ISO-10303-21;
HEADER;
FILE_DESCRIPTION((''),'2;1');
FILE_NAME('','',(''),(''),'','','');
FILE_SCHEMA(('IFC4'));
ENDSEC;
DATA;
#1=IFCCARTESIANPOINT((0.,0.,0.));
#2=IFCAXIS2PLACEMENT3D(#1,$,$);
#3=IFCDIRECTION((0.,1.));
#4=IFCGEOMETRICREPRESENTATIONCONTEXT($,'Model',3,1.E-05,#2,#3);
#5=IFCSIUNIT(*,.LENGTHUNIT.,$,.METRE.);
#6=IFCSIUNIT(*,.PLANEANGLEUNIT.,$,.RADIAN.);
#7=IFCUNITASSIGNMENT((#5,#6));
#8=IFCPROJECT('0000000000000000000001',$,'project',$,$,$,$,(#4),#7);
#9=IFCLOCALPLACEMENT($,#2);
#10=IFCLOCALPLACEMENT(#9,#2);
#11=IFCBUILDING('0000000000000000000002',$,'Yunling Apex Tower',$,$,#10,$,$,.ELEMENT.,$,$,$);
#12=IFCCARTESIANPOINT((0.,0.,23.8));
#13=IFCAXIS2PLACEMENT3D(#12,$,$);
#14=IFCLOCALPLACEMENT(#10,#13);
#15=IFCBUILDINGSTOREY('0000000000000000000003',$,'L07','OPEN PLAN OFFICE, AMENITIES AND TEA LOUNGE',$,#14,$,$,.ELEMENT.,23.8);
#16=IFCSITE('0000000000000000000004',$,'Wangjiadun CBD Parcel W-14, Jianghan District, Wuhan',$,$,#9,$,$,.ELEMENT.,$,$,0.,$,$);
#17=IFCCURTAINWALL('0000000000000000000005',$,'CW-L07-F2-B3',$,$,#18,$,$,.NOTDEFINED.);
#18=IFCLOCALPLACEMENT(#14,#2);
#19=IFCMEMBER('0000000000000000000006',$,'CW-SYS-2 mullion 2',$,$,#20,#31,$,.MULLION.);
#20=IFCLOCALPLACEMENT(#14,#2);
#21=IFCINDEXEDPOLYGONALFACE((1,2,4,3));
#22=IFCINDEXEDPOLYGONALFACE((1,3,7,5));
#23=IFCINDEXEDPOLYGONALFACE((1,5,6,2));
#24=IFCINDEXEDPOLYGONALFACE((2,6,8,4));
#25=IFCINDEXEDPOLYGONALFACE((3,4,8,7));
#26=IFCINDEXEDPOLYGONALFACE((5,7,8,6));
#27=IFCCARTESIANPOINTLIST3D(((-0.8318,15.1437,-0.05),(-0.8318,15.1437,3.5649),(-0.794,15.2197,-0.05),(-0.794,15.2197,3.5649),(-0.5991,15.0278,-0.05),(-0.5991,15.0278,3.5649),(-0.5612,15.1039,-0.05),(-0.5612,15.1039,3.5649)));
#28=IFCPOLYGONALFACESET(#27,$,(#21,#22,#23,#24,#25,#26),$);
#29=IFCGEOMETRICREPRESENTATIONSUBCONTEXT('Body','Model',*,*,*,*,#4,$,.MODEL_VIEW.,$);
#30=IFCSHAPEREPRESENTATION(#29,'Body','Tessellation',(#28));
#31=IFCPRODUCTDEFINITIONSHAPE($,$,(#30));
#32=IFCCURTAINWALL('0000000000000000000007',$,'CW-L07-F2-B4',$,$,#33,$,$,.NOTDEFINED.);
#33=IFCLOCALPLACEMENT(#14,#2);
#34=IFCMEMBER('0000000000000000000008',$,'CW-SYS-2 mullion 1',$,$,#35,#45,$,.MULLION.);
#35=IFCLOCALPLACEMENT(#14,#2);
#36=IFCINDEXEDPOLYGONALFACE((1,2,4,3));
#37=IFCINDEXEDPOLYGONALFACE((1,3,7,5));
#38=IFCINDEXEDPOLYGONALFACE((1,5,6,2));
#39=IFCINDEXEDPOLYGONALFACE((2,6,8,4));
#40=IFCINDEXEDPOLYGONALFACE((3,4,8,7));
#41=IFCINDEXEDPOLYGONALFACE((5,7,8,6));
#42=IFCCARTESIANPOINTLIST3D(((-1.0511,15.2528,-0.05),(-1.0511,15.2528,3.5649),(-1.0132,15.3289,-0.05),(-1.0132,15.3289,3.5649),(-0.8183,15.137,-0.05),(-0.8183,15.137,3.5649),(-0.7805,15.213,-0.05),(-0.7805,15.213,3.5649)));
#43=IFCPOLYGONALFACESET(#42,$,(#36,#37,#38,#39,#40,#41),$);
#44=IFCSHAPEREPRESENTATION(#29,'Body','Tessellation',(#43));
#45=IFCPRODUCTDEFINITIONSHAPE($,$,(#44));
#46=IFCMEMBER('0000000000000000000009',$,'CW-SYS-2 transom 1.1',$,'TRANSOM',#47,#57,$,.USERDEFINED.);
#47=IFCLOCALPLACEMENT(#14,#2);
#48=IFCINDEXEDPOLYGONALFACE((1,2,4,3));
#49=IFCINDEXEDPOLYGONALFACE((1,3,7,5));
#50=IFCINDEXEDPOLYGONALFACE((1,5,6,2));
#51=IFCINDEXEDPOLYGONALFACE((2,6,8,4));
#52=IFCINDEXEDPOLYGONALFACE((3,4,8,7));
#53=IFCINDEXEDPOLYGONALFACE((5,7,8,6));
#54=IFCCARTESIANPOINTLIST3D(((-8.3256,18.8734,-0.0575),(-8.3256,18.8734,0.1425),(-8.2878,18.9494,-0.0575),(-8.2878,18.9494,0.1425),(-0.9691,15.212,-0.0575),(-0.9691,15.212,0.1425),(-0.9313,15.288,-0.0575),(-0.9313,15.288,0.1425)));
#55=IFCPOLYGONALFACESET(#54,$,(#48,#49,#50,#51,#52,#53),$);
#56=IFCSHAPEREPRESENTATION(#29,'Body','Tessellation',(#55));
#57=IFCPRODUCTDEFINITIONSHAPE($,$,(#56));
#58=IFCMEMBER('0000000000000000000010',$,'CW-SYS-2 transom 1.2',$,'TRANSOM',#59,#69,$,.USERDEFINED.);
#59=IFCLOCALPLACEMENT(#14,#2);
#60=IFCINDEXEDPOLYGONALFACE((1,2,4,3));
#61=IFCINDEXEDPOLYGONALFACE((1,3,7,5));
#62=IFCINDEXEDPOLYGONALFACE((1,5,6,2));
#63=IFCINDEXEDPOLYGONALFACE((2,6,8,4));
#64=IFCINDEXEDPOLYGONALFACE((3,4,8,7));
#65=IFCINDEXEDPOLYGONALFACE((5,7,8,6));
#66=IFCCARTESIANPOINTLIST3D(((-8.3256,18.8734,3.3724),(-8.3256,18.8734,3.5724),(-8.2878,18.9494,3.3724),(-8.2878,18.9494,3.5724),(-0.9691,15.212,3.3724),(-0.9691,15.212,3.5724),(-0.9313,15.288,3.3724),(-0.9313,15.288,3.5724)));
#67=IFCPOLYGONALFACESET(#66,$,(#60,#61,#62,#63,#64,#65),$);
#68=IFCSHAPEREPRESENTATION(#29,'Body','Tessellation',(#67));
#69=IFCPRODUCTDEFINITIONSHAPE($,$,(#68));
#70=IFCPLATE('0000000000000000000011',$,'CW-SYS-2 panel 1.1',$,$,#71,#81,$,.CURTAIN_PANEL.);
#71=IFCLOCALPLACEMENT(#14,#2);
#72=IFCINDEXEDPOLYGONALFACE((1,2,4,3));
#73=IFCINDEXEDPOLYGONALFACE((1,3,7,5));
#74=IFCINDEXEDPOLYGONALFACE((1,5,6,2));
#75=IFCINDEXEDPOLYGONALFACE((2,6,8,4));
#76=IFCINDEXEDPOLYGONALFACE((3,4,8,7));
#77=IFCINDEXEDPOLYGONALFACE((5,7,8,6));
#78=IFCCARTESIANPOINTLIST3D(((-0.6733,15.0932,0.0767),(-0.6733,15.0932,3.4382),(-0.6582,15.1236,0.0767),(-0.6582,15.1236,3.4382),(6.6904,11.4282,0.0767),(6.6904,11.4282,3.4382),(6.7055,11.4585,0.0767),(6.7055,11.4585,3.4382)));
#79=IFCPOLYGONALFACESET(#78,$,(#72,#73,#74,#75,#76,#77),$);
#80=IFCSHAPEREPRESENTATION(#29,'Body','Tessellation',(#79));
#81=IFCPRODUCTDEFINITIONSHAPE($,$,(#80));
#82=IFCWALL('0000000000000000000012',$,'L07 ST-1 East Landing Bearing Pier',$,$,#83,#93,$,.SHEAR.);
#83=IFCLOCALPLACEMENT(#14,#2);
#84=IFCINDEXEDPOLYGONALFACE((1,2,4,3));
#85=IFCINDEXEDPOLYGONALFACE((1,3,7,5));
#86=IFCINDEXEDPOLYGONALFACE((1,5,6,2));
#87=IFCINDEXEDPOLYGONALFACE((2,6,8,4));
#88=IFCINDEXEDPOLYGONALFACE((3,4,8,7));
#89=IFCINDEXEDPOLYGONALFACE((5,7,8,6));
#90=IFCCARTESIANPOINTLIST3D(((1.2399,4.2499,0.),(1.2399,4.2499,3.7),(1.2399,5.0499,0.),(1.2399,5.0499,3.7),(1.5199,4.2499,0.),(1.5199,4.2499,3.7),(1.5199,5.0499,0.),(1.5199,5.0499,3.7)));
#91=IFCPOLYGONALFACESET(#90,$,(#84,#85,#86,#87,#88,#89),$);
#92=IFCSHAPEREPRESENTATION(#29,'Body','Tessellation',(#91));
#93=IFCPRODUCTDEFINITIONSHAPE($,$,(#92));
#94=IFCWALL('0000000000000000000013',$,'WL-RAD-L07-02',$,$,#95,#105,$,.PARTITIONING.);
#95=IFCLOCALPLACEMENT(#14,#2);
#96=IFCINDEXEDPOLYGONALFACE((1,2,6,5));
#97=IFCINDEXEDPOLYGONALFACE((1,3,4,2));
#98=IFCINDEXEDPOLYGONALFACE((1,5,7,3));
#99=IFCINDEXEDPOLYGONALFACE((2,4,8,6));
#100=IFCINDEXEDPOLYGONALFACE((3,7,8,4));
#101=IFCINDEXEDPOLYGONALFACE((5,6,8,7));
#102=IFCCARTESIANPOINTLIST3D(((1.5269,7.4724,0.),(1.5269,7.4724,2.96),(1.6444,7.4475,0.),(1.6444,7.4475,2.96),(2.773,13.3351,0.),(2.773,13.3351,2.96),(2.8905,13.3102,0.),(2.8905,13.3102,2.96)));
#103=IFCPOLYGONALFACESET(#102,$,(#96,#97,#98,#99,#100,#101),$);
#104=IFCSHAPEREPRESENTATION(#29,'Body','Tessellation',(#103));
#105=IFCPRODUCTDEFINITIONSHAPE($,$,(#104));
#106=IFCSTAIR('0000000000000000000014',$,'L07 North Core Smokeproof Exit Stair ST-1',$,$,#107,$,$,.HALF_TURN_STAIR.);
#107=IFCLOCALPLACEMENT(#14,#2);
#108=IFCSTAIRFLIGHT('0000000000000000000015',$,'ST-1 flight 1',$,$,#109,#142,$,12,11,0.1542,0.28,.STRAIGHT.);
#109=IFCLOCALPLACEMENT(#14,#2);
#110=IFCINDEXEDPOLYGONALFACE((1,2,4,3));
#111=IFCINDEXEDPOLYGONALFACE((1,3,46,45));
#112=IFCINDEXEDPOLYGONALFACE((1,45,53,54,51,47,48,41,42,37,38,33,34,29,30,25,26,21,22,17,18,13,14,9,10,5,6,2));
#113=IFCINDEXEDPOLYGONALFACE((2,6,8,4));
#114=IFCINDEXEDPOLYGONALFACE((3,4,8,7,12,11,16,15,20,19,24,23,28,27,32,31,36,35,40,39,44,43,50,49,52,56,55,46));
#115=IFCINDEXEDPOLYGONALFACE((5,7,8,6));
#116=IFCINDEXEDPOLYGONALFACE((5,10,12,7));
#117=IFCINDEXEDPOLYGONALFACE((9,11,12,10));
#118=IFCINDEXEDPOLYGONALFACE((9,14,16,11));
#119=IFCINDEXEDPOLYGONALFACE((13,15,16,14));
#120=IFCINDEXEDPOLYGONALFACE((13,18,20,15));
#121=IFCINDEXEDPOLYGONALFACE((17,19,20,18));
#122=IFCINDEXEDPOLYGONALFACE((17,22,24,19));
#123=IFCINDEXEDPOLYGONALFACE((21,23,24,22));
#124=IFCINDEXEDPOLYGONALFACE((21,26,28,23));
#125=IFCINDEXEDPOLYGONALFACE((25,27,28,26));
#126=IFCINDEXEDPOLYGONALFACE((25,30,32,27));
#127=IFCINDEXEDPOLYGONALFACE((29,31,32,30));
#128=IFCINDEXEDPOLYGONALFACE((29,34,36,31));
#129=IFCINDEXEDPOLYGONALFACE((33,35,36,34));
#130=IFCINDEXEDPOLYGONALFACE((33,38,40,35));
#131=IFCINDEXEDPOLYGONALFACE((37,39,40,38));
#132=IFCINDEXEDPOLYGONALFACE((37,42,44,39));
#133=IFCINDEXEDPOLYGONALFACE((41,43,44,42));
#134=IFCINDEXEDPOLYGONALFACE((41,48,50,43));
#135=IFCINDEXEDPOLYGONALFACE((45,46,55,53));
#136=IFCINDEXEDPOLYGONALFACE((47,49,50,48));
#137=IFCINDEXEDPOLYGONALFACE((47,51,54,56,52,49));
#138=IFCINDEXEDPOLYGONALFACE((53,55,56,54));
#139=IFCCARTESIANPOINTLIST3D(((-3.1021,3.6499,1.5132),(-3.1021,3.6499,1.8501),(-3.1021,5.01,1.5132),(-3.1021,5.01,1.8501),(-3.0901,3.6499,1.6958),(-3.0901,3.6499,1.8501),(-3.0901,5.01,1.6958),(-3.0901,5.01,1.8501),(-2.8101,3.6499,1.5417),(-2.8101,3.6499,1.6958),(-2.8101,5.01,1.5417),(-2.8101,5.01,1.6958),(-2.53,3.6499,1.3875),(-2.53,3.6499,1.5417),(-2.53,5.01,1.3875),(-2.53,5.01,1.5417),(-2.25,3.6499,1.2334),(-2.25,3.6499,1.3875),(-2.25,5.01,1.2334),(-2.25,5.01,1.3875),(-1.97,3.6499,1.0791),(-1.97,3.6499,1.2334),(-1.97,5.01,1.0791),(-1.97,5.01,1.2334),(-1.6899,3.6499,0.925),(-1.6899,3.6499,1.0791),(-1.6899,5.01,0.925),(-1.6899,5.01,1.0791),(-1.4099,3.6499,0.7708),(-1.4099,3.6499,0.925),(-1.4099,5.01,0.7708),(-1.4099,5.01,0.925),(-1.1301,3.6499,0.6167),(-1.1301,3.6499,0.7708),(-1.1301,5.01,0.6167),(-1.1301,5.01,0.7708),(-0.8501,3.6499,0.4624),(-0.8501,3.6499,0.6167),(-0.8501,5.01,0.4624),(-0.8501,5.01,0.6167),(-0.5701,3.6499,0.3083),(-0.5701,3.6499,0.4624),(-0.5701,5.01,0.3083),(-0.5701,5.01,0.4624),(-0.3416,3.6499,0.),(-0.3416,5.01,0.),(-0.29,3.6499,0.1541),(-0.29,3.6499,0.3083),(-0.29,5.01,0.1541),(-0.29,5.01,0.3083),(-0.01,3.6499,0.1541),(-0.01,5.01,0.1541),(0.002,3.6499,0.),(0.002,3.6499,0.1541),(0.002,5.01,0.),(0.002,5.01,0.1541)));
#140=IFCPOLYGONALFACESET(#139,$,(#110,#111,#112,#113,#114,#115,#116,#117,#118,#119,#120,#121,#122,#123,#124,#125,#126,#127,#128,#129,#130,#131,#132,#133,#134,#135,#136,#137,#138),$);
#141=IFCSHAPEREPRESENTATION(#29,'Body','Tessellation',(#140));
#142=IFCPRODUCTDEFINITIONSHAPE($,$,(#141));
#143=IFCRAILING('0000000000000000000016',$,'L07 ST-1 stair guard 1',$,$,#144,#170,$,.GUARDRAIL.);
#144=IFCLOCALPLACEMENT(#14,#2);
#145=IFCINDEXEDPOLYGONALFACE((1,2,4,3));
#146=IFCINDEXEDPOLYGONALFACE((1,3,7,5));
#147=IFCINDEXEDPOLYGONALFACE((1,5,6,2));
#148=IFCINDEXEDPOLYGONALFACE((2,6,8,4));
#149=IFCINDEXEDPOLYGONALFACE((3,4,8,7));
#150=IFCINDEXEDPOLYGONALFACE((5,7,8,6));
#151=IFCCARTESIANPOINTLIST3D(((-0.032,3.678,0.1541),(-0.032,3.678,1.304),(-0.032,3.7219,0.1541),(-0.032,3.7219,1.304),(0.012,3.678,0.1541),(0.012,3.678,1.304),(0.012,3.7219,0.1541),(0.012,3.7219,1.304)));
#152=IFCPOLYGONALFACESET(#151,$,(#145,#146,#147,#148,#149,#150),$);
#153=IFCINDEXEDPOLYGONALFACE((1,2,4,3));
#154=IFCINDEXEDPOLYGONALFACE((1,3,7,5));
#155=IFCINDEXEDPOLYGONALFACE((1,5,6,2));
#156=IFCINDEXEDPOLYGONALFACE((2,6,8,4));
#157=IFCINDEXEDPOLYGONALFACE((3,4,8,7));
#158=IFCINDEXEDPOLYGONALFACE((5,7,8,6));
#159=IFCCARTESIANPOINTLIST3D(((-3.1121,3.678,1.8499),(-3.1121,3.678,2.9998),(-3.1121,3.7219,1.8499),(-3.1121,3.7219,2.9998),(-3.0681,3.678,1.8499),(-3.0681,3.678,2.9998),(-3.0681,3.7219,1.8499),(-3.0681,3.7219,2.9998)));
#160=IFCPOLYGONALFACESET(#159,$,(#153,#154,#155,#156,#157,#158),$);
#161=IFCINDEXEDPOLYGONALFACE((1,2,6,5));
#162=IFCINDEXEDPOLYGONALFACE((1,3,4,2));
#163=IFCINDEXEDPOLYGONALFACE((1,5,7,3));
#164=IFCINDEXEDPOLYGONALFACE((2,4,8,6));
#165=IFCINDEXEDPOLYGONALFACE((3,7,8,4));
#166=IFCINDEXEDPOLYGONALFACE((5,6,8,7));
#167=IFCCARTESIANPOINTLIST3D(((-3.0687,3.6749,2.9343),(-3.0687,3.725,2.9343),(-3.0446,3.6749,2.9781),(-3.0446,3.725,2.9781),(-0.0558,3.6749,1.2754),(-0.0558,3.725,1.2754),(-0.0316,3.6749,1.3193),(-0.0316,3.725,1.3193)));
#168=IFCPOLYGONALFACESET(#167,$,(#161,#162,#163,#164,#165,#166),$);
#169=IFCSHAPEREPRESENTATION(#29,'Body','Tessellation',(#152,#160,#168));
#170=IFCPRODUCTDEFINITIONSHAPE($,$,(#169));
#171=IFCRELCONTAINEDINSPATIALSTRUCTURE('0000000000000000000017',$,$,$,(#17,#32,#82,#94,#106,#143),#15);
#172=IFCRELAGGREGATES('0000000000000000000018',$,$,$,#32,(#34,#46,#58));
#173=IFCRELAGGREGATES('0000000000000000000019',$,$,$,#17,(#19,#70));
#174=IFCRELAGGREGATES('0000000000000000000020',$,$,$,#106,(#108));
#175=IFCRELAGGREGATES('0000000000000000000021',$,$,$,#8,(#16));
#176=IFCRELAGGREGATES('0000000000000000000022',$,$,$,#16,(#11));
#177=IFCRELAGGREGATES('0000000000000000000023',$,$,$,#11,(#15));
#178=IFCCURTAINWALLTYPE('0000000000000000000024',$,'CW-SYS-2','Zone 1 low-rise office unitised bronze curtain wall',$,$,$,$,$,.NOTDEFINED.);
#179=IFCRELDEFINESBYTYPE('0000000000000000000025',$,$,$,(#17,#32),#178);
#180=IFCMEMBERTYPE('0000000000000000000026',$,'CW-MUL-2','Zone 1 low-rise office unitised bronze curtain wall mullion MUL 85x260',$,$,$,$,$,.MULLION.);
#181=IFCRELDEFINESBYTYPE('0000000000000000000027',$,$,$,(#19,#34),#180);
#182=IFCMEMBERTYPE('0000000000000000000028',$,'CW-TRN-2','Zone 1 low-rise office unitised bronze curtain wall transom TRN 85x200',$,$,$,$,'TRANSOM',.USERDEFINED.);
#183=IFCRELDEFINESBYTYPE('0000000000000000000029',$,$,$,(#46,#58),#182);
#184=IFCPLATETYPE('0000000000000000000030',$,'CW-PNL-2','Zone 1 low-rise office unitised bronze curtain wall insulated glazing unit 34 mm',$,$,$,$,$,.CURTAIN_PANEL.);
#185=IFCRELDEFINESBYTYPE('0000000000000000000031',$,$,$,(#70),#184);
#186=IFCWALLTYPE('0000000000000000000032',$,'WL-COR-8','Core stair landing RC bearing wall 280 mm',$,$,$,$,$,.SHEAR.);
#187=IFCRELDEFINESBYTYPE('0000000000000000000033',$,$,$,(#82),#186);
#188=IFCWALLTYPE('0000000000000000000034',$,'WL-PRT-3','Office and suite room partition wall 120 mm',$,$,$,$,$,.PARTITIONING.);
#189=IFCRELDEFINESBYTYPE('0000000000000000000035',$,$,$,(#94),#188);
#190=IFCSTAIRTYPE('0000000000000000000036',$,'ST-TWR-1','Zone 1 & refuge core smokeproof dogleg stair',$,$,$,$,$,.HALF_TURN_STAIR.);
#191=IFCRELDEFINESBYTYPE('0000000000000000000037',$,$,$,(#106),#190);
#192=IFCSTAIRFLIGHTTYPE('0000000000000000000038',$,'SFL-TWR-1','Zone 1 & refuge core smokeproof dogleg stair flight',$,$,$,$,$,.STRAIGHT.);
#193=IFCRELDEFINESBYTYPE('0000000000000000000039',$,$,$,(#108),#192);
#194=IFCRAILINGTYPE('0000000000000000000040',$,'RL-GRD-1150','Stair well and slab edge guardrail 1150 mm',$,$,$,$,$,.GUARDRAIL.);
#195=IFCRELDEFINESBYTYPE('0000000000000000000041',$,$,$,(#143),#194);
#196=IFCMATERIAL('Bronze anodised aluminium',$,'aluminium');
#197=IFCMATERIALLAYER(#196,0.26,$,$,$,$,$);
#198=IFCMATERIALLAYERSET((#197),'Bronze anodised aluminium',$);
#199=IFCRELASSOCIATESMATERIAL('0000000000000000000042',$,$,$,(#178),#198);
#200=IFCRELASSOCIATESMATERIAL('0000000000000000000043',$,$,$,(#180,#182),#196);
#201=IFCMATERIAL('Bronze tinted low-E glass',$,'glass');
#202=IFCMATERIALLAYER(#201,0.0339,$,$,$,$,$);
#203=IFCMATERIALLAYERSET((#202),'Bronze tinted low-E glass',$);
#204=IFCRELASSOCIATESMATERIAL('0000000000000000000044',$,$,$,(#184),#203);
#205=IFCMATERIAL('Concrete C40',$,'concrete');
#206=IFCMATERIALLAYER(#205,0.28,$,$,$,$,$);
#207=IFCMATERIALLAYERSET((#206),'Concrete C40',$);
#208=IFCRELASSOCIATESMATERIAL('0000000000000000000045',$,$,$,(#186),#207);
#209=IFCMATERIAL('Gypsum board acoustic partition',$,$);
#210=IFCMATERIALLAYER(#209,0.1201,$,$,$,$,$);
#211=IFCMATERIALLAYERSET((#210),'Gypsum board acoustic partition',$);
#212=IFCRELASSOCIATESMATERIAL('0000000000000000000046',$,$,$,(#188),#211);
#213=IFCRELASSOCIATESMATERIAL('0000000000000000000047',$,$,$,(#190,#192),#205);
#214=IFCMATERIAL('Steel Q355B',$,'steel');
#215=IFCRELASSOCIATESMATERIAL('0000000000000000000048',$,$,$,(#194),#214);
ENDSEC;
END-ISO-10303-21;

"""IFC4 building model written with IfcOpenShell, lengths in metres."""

from ifc_helpers import new_model, si_unit, direction, frame, frame_2d, origin, origin_2d, place, context, subcontext, project, spatial, polyline, rectangle, outline, extrude, source, transform, mapped, material, layer, layer_set, material_profile, profile_set, type_object, element, aggregate, save


model = new_model("IFC4")

# Units and contexts
model_context = context("Model", 3, precision=1e-05, world=origin(), true_north=direction((0.0, 1.0)))
body_context = subcontext(model_context, "Body", "Model", "MODEL_VIEW")
ifc_project = project(units=[si_unit("LENGTHUNIT", "METRE"), si_unit("PLANEANGLEUNIT", "RADIAN")], contexts=[model_context])

# Site, building, storey
site_placement = place(None, origin())
site = spatial("IfcSite", under=ifc_project, at=site_placement, Name="Wangjiadun CBD Parcel W-14, Jianghan District, Wuhan", CompositionType="ELEMENT", RefElevation=0.0)
building_placement = place(site_placement, origin())
building = spatial("IfcBuilding", under=site, at=building_placement, Name="Yunling Apex Tower", CompositionType="ELEMENT")
storey_placement = place(building_placement, frame((0.0, 0.0, 23.8)))
storey = spatial("IfcBuildingStorey", under=building, at=storey_placement, Name="L07", Description="OPEN PLAN OFFICE, AMENITIES AND TEA LOUNGE", CompositionType="ELEMENT", Elevation=23.8)

# Shared definitions
ifc_material_1 = material(Name="Steel Q355B", Category="steel")

# Curtain wall, member
ifc_material_2 = material(Name="Bronze anodised aluminium", Category="aluminium")
ifc_layer_1 = layer(ifc_material_2, 0.26)
ifc_layer_set_1 = layer_set([ifc_layer_1], Name="Bronze anodised aluminium")
curtain_wall_type = type_object("IfcCurtainWallType", Name="CW-SYS-2", Description="Zone 1 low-rise office unitised bronze curtain wall", PredefinedType="NOTDEFINED", material=ifc_layer_set_1)
curtain_wall_1_placement = place(storey_placement, origin())
curtain_wall_1 = element("IfcCurtainWall", 1, at=curtain_wall_1_placement, inside=storey, type_object=curtain_wall_type, Name="CW-L07-F2-B3", PredefinedType="NOTDEFINED")
ifc_material_profile_1 = material_profile(ifc_material_2, rectangle(XDim=0.085, YDim=0.26, at=origin_2d()))
ifc_profile_set_1 = profile_set([ifc_material_profile_1], Name="Bronze anodised aluminium")
member_type_1 = type_object("IfcMemberType", Name="CW-MUL-2", Description="Zone 1 low-rise office unitised bronze curtain wall mullion MUL 85x260", PredefinedType="MULLION", material=ifc_profile_set_1)
shared_shape_1 = source(origin(), body_context, "Body", "SweptSolid", [
    extrude(rectangle(XDim=0.085, YDim=0.26, at=origin_2d()), origin(), (0.0, 0.0, 1.0), 3.615),
])
member_1_placement = place(storey_placement, frame((-0.6965, 15.1238, -0.05), z_axis=(0.0, 0.0, 1.0), x_axis=(-0.44558, -0.895242, 0.0)))
member_1 = element("IfcMember", 2, at=member_1_placement, type_object=member_type_1, Name="CW-SYS-2 mullion 2", PredefinedType="MULLION", context=body_context, shape_type="MappedRepresentation", body=[
    mapped(shared_shape_1, transform((0.0, 0.0, 0.0), scale=1.0)),
])

# Curtain wall, members
curtain_wall_2_placement = place(storey_placement, origin())
curtain_wall_2 = element("IfcCurtainWall", 3, at=curtain_wall_2_placement, inside=storey, type_object=curtain_wall_type, Name="CW-L07-F2-B4", PredefinedType="NOTDEFINED")
member_2_placement = place(storey_placement, frame((-0.9158, 15.2329, -0.05), z_axis=(0.0, 0.0, 1.0), x_axis=(-0.445571, -0.895247, 0.0)))
member_2 = element("IfcMember", 4, at=member_2_placement, type_object=member_type_1, Name="CW-SYS-2 mullion 1", PredefinedType="MULLION", context=body_context, shape_type="MappedRepresentation", body=[
    mapped(shared_shape_1, transform((0.0, 0.0, 0.0), scale=1.0)),
])
ifc_material_profile_2 = material_profile(ifc_material_2, rectangle(XDim=0.085, YDim=0.2, at=origin_2d()))
ifc_profile_set_2 = profile_set([ifc_material_profile_2], Name="Bronze anodised aluminium")
member_type_2 = type_object("IfcMemberType", Name="CW-TRN-2", Description="Zone 1 low-rise office unitised bronze curtain wall transom TRN 85x200", ElementType="TRANSOM", PredefinedType="USERDEFINED", material=ifc_profile_set_2)
shared_shape_2 = source(origin(), body_context, "Body", "SweptSolid", [
    extrude(rectangle(XDim=0.085, YDim=0.2, at=origin_2d()), origin(), (0.0, 0.0, 1.0), 8.2173),
])
member_3_placement = place(storey_placement, frame((-0.9502, 15.25, 0.0425), z_axis=(-0.895246, 0.445573, 0.0), x_axis=(-0.445573, -0.895246, 0.0)))
member_3 = element("IfcMember", 5, at=member_3_placement, type_object=member_type_2, Name="CW-SYS-2 transom 1.1", ObjectType="TRANSOM", PredefinedType="USERDEFINED", context=body_context, shape_type="MappedRepresentation", body=[
    mapped(shared_shape_2, transform((0.0, 0.0, 0.0), scale=1.0)),
])
member_4_placement = place(storey_placement, frame((-0.9502, 15.25, 3.4724), z_axis=(-0.895246, 0.445573, 0.0), x_axis=(-0.445573, -0.895246, 0.0)))
member_4 = element("IfcMember", 6, at=member_4_placement, type_object=member_type_2, Name="CW-SYS-2 transom 1.2", ObjectType="TRANSOM", PredefinedType="USERDEFINED", context=body_context, shape_type="MappedRepresentation", body=[
    mapped(shared_shape_2, transform((0.0, 0.0, 0.0), scale=1.0)),
])
aggregate(curtain_wall_2, [member_2, member_3, member_4])

# Plate
ifc_material_3 = material(Name="Bronze tinted low-E glass", Category="glass")
ifc_layer_2 = layer(ifc_material_3, 0.0339)
ifc_layer_set_2 = layer_set([ifc_layer_2], Name="Bronze tinted low-E glass")
plate_type = type_object("IfcPlateType", Name="CW-PNL-2", Description="Zone 1 low-rise office unitised bronze curtain wall insulated glazing unit 34 mm", PredefinedType="CURTAIN_PANEL", material=ifc_layer_set_2)
shared_shape_3 = source(origin(), body_context, "Body", "SweptSolid", [
    extrude(rectangle(XDim=8.2253, YDim=0.0339, at=origin_2d()), origin(), (0.0, 0.0, 1.0), 3.3616),
])
plate_placement = place(storey_placement, frame((3.0161, 13.2759, 0.0767), z_axis=(0.0, 0.0, 1.0), x_axis=(-0.895242, 0.44558, 0.0)))
plate = element("IfcPlate", 7, at=plate_placement, type_object=plate_type, Name="CW-SYS-2 panel 1.1", PredefinedType="CURTAIN_PANEL", context=body_context, shape_type="MappedRepresentation", body=[
    mapped(shared_shape_3, transform((0.0, 0.0, 0.0), scale=1.0)),
])
aggregate(curtain_wall_1, [member_1, plate])

# Walls
ifc_material_4 = material(Name="Concrete C40", Category="concrete")
ifc_layer_3 = layer(ifc_material_4, 0.28)
ifc_layer_set_3 = layer_set([ifc_layer_3], Name="Concrete C40")
wall_type_1 = type_object("IfcWallType", Name="WL-COR-8", Description="Core stair landing RC bearing wall 280 mm", PredefinedType="SHEAR", material=ifc_layer_set_3)
wall_1_placement = place(storey_placement, frame((1.3799, 4.25, 0.0), z_axis=(0.0, 0.0, 1.0), x_axis=(0.0, 1.0, 0.0)))
element("IfcWall", 8, at=wall_1_placement, inside=storey, type_object=wall_type_1, Name="L07 ST-1 East Landing Bearing Pier", PredefinedType="SHEAR", context=body_context, shape_type="SweptSolid", body=[
    extrude(rectangle(XDim=0.8, YDim=0.28, at=frame_2d((0.3999, 0.0))), origin(), (0.0, 0.0, 1.0), 3.7),
])
ifc_material_5 = material(Name="Gypsum board acoustic partition")
ifc_layer_4 = layer(ifc_material_5, 0.1201)
ifc_layer_set_4 = layer_set([ifc_layer_4], Name="Gypsum board acoustic partition")
wall_type_2 = type_object("IfcWallType", Name="WL-PRT-3", Description="Office and suite room partition wall 120 mm", PredefinedType="PARTITIONING", material=ifc_layer_set_4)
wall_2_placement = place(storey_placement, frame((1.5857, 7.46, 0.0), z_axis=(0.0, 0.0, 1.0), x_axis=(0.207899, 0.97815, 0.0)))
element("IfcWall", 9, at=wall_2_placement, inside=storey, type_object=wall_type_2, Name="WL-RAD-L07-02", PredefinedType="PARTITIONING", context=body_context, shape_type="SweptSolid", body=[
    extrude(rectangle(XDim=5.9937, YDim=0.1201, at=frame_2d((2.9968, 0.0))), origin(), (0.0, 0.0, 1.0), 2.96),
])

# Stair, stair flight
stair_type = type_object("IfcStairType", Name="ST-TWR-1", Description="Zone 1 & refuge core smokeproof dogleg stair", PredefinedType="HALF_TURN_STAIR", material=ifc_material_4)
stair_placement = place(storey_placement, origin())
stair = element("IfcStair", 10, at=stair_placement, inside=storey, type_object=stair_type, Name="L07 North Core Smokeproof Exit Stair ST-1", PredefinedType="HALF_TURN_STAIR")
stair_flight_type = type_object("IfcStairFlightType", Name="SFL-TWR-1", Description="Zone 1 & refuge core smokeproof dogleg stair flight", PredefinedType="STRAIGHT", material=ifc_material_4)
stair_flight_placement = place(storey_placement, frame((-0.01, 4.3301, 0.0), z_axis=(0.0, 0.0, 1.0), x_axis=(-1.0, 0.0, 0.0)))
stair_flight = element("IfcStairFlight", 11, at=stair_flight_placement, type_object=stair_flight_type, Name="ST-1 flight 1", NumberOfRisers=12, NumberOfTreads=11, PredefinedType="STRAIGHT", RiserHeight=0.1542, TreadLength=0.28, context=body_context, shape_type="SweptSolid", body=[
    extrude(outline(polyline([(-0.012, 0.0), (-0.012, 0.1541), (0.0, 0.1541), (0.28, 0.1541), (0.28, 0.3083), (0.5601, 0.3083), (0.5601, 0.4624), (0.8401, 0.4624), (0.8401, 0.6167), (1.1201, 0.6167), (1.1201, 0.7708), (1.3999, 0.7708), (1.3999, 0.925), (1.6799, 0.925), (1.6799, 1.0791), (1.96, 1.0791), (1.96, 1.2334), (2.24, 1.2334), (2.24, 1.3875), (2.52, 1.3875), (2.52, 1.5417), (2.8, 1.5417), (2.8, 1.6958), (3.0801, 1.6958), (3.0801, 1.8501), (3.092, 1.8501), (3.092, 1.5132), (0.3315, 0.0), (-0.012, 0.0)])), frame((0.0, 0.6802, 0.0), z_axis=(0.0, -1.0, 0.0), x_axis=(1.0, 0.0, 0.0)), (0.0, 0.0, 1.0), 1.3601),
])
aggregate(stair, [stair_flight])

# Railing
railing_type_1 = type_object("IfcRailingType", Name="RL-GRD-1150", Description="Stair well and slab edge guardrail 1150 mm", PredefinedType="GUARDRAIL", material=ifc_material_1)
railing_1_placement = place(storey_placement, frame((-0.01, 3.7, 0.1541)))
element("IfcRailing", 12, at=railing_1_placement, inside=storey, type_object=railing_type_1, Name="L07 ST-1 stair guard 1", PredefinedType="GUARDRAIL", context=body_context, shape_type="SweptSolid", body=[
    extrude(rectangle(XDim=0.0439, YDim=0.0439, at=origin_2d()), origin(), (0.0, 0.0, 1.0), 1.1499),
    extrude(rectangle(XDim=0.0439, YDim=0.0439, at=origin_2d()), frame((-3.0801, 0.0, 1.6958)), (0.0, 0.0, 1.0), 1.1499),
    extrude(rectangle(XDim=0.05, YDim=0.05, at=origin_2d()), frame((-0.0337, 0.0, 1.1433), z_axis=(-0.876005, 0.0, 0.482303), x_axis=(0.0, -1.0, 0.0)), (0.0, 0.0, 1.0), 3.4395),
])

save(model, "model.ifc")
